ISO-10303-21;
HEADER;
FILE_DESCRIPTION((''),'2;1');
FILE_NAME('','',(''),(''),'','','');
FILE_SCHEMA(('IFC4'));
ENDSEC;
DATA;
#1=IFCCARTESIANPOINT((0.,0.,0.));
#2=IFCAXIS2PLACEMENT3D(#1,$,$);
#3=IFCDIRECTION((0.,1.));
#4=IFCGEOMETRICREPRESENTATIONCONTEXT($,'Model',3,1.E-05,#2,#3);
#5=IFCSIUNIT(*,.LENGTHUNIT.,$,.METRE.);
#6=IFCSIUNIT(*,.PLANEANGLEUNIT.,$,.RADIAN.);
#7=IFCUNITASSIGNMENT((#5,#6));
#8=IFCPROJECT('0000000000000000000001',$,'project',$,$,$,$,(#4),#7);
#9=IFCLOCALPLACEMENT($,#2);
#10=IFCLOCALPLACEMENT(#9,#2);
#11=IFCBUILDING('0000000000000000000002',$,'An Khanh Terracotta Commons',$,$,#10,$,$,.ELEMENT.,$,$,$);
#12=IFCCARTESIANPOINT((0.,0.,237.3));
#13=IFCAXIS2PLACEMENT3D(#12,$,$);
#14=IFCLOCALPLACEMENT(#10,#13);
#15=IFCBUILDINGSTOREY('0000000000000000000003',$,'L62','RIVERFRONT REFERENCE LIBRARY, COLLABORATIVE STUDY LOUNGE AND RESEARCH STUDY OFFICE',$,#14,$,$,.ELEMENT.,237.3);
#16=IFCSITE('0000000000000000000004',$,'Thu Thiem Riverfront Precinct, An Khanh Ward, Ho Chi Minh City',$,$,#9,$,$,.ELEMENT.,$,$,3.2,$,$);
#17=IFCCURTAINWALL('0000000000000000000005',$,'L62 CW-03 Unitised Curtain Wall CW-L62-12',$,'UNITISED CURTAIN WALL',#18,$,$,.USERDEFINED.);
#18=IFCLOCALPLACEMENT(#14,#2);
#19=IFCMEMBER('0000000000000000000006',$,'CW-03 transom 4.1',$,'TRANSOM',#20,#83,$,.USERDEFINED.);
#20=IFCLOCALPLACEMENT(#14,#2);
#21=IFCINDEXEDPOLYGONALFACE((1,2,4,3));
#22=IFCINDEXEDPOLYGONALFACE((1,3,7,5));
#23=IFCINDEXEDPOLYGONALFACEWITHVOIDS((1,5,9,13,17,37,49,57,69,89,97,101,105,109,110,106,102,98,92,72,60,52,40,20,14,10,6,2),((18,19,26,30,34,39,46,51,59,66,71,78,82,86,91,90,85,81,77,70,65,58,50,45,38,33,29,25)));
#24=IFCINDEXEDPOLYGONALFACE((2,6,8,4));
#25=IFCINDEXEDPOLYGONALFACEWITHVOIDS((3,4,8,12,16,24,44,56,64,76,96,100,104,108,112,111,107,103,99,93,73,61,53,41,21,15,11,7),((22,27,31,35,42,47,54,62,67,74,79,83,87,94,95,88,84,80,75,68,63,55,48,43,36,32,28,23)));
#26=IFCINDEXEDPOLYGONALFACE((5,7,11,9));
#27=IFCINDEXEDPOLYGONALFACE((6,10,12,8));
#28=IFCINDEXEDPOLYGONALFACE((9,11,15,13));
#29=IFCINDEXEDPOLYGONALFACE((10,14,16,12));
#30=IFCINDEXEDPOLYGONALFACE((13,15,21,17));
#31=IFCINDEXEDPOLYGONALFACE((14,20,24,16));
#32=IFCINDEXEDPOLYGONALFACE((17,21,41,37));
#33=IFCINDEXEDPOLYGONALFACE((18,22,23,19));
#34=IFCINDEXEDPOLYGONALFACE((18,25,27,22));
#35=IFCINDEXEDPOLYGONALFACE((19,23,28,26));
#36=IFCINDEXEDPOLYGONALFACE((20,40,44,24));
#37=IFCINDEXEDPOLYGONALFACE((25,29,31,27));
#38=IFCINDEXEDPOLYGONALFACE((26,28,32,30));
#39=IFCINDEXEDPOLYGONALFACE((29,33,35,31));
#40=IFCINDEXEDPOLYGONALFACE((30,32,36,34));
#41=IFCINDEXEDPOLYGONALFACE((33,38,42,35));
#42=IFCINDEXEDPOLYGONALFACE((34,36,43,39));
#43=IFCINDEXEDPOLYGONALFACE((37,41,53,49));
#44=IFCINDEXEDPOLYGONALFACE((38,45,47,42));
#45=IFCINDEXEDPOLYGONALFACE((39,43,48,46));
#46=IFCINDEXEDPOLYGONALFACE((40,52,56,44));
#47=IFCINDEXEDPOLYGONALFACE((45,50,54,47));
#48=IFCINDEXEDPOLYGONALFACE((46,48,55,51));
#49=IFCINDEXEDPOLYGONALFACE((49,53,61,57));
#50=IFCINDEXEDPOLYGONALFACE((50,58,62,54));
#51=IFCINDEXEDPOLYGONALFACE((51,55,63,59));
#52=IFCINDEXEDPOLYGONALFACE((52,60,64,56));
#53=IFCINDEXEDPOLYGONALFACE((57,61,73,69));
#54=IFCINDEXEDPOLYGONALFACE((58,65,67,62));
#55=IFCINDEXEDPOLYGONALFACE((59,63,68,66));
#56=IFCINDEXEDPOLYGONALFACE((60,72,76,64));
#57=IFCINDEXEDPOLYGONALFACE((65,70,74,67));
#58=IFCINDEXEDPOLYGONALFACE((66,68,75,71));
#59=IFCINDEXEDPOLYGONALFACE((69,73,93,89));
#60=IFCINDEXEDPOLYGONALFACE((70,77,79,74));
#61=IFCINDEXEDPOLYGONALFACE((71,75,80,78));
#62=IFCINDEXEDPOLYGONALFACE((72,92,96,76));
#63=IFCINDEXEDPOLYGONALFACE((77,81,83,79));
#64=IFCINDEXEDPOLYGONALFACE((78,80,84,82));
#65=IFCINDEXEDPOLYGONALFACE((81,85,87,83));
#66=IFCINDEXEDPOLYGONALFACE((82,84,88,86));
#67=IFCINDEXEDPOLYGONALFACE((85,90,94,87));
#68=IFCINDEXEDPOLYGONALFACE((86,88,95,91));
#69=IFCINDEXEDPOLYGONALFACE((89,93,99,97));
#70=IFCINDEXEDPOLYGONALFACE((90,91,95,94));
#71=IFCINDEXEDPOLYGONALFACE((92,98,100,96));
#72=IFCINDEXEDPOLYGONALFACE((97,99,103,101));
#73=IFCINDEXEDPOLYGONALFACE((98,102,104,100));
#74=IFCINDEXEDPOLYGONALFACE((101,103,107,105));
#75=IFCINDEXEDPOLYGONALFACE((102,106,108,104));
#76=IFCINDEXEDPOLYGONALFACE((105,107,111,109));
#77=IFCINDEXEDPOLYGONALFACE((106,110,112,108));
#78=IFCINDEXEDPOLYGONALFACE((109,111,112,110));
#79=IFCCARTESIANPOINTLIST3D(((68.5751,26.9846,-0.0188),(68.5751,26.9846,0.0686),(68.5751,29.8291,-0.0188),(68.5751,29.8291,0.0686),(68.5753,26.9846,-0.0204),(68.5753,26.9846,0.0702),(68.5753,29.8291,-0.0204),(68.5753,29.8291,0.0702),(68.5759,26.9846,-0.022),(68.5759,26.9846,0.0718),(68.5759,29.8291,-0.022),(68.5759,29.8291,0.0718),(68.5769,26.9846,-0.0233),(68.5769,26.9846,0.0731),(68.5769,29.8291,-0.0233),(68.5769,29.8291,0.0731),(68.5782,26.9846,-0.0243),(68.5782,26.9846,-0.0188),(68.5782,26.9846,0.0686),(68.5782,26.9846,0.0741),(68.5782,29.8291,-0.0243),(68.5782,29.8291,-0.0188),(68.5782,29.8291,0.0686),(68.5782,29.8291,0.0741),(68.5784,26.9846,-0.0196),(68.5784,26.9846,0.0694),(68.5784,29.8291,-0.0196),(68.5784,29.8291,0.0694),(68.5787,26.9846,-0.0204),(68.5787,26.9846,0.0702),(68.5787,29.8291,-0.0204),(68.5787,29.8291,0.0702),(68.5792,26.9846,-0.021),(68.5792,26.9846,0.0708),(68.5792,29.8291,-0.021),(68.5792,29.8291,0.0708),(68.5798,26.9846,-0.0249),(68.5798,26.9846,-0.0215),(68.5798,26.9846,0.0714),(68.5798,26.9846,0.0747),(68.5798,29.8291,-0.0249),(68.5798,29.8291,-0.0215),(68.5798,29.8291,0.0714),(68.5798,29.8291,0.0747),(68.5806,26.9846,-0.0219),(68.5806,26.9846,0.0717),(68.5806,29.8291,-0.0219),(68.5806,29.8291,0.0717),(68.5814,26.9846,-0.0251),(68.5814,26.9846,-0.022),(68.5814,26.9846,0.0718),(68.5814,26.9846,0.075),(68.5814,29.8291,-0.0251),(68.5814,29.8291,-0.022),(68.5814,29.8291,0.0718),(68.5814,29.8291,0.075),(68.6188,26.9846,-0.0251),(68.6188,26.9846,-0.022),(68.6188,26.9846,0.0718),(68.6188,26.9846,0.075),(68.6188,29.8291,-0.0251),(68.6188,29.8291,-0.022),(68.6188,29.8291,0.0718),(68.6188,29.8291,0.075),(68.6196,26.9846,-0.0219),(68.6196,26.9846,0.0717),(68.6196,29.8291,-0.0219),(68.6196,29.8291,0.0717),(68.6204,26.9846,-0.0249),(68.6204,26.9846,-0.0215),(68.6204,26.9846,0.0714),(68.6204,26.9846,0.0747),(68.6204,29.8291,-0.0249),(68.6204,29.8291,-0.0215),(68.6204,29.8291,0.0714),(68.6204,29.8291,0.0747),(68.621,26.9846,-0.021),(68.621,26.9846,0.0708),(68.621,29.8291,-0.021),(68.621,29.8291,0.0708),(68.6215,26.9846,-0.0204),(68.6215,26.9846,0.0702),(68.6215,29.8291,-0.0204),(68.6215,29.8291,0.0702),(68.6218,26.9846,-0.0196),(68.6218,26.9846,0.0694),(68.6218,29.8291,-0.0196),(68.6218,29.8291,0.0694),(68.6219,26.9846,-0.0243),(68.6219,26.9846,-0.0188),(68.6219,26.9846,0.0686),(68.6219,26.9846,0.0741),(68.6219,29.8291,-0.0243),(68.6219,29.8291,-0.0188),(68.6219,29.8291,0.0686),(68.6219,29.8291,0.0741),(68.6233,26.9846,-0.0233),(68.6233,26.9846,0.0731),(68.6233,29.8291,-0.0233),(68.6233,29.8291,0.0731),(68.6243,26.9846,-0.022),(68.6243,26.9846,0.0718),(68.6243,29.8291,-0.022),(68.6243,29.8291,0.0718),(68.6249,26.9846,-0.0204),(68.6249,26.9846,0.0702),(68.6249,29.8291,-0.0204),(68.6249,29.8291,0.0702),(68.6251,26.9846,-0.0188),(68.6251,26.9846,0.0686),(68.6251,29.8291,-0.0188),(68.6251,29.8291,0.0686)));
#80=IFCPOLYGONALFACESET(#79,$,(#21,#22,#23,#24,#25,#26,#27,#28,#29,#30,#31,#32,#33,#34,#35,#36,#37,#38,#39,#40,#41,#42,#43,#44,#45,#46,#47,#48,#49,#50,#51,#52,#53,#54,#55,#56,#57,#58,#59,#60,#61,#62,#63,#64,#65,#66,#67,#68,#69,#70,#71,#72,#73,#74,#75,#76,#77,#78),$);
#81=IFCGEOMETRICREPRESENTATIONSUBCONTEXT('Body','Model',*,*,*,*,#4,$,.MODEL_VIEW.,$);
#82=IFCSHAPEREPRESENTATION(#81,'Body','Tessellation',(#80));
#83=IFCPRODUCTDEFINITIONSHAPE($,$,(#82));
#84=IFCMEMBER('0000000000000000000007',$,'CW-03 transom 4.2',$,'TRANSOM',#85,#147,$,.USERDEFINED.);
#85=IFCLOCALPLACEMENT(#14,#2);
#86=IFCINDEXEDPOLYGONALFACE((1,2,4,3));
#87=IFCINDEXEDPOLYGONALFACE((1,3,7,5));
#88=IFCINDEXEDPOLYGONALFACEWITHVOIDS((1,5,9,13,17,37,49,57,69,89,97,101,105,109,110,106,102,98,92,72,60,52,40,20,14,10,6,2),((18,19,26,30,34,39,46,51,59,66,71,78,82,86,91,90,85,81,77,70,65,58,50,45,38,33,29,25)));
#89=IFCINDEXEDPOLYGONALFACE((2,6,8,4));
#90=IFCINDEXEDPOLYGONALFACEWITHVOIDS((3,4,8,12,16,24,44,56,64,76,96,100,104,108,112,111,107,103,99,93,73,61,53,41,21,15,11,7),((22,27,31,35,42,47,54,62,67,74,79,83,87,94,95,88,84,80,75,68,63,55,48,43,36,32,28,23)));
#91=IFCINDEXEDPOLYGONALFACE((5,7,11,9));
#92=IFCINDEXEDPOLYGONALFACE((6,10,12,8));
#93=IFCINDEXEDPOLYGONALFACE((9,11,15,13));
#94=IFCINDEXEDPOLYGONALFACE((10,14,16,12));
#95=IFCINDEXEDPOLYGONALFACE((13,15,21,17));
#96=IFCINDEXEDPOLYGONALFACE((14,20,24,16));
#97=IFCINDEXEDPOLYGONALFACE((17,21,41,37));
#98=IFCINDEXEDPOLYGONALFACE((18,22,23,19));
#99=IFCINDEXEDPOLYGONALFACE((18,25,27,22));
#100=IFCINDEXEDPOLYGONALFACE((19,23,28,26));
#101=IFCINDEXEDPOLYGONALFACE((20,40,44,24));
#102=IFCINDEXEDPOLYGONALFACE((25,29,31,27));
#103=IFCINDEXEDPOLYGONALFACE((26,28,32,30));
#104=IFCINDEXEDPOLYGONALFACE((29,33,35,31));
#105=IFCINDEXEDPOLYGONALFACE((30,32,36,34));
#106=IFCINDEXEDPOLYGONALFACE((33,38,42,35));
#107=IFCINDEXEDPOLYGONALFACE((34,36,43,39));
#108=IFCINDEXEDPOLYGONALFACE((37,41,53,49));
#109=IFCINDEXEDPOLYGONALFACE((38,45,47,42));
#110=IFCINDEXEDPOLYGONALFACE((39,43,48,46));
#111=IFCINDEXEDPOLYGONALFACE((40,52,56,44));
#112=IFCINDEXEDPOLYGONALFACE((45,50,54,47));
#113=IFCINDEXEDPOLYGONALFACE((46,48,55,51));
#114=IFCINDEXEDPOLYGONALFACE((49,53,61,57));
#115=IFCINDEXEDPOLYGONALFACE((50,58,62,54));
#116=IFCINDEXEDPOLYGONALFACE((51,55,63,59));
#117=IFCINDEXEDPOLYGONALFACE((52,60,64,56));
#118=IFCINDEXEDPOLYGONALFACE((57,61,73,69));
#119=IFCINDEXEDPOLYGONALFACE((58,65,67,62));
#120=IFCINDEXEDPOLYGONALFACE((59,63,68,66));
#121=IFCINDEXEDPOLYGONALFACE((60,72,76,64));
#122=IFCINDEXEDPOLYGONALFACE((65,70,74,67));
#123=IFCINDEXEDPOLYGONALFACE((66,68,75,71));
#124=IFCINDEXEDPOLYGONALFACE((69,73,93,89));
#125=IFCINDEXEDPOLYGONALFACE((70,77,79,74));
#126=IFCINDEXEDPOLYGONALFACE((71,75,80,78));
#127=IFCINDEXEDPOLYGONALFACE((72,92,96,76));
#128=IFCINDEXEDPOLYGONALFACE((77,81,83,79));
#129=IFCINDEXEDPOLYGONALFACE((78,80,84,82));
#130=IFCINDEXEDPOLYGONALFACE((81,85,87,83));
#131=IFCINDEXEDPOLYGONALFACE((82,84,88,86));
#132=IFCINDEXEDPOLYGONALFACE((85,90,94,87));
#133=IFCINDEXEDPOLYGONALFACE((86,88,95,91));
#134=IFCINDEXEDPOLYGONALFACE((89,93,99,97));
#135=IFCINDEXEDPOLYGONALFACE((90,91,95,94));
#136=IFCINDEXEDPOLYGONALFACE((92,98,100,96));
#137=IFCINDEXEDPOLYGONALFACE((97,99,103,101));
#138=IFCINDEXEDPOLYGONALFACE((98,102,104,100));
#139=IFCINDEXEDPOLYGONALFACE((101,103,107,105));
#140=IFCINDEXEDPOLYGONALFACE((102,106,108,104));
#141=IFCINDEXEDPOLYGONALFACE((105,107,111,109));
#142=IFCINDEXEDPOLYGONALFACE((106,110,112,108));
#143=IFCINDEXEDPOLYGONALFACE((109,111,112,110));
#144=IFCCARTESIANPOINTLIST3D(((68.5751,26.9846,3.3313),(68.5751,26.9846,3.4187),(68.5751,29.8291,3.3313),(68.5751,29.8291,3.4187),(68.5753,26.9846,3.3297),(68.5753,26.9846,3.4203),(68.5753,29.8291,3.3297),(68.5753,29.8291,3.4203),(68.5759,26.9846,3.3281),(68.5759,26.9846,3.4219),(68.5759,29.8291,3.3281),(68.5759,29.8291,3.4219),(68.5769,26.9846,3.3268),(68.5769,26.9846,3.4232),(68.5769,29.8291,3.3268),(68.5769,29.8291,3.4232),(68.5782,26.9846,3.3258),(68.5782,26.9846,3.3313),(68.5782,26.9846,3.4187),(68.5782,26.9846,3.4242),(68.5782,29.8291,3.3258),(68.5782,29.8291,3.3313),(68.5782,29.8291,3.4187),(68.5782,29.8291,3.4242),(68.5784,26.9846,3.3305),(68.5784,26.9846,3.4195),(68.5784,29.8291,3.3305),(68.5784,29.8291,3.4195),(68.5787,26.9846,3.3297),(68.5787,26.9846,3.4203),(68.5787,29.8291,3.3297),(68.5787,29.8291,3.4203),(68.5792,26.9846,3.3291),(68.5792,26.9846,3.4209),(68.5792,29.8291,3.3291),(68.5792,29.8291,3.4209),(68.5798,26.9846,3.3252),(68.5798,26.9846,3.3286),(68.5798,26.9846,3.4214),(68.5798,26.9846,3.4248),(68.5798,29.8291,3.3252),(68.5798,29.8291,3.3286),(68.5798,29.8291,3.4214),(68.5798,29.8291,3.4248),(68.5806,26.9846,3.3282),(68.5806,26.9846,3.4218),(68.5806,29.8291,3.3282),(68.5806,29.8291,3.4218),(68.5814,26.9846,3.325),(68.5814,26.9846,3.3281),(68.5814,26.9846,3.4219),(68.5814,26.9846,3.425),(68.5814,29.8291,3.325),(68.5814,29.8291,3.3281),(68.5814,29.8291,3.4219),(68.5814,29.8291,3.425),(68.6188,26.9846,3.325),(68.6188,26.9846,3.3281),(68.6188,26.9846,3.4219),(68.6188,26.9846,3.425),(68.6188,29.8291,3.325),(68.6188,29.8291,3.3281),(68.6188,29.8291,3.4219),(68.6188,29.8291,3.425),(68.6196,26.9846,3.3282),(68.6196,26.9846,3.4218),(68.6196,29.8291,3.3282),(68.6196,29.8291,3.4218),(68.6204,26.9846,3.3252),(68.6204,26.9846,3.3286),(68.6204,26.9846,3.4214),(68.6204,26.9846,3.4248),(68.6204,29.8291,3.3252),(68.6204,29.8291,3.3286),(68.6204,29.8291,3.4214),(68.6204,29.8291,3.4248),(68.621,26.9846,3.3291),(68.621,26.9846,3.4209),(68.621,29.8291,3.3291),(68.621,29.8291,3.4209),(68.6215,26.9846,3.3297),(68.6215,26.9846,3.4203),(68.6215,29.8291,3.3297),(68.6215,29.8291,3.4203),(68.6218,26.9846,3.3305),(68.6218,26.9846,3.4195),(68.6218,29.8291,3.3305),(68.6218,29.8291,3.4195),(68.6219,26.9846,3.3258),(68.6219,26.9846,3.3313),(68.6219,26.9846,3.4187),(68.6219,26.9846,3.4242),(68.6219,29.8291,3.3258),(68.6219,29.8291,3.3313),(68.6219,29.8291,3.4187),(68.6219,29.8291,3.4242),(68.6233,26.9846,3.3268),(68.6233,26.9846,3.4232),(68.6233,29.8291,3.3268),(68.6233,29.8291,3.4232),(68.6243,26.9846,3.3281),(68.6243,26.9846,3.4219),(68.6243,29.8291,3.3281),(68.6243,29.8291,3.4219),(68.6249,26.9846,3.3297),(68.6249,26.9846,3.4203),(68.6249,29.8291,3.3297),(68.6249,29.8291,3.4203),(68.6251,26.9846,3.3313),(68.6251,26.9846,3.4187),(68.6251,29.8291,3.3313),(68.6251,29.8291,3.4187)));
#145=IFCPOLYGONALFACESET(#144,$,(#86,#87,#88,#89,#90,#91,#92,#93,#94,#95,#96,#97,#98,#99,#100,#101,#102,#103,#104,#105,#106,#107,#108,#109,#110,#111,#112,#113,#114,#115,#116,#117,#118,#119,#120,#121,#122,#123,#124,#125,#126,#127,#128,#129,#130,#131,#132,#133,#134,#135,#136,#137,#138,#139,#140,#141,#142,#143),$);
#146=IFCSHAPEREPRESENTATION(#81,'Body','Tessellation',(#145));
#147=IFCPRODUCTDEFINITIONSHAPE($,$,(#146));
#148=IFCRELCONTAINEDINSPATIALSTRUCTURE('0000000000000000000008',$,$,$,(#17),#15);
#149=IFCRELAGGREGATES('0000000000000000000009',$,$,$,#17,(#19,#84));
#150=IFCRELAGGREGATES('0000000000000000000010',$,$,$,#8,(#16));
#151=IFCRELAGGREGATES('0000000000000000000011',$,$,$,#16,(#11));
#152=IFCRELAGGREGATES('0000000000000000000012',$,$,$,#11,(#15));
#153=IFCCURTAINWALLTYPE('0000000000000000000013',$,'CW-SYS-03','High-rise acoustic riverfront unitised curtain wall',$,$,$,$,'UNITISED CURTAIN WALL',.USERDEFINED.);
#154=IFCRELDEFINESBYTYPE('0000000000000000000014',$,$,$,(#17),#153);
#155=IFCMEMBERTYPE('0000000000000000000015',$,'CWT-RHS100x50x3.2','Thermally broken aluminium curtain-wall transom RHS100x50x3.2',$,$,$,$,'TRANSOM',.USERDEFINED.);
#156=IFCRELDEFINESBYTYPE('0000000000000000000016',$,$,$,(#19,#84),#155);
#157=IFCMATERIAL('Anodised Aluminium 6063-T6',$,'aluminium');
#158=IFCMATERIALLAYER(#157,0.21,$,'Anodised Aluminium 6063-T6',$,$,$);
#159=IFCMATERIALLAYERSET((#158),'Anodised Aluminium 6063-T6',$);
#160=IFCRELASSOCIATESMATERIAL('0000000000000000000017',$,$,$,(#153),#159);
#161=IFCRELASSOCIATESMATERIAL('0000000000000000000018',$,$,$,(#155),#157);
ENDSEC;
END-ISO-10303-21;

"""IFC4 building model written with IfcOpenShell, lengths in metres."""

from ifc_helpers import new_model, si_unit, direction, frame, origin, origin_2d, place, context, subcontext, project, spatial, hollow_rectangle, extrude, material, layer, layer_set, material_profile, profile_set, type_object, element, aggregate, save


model = new_model("IFC4")

# Units and contexts
model_context = context("Model", 3, precision=1e-05, world=origin(), true_north=direction((0.0, 1.0)))
body_context = subcontext(model_context, "Body", "Model", "MODEL_VIEW")
ifc_project = project(units=[si_unit("LENGTHUNIT", "METRE"), si_unit("PLANEANGLEUNIT", "RADIAN")], contexts=[model_context])

# Site, building, storey
site_placement = place(None, origin())
site = spatial("IfcSite", under=ifc_project, at=site_placement, Name="Thu Thiem Riverfront Precinct, An Khanh Ward, Ho Chi Minh City", CompositionType="ELEMENT", RefElevation=3.2)
building_placement = place(site_placement, origin())
building = spatial("IfcBuilding", under=site, at=building_placement, Name="An Khanh Terracotta Commons", CompositionType="ELEMENT")
storey_placement = place(building_placement, frame((0.0, 0.0, 237.3)))
storey = spatial("IfcBuildingStorey", under=building, at=storey_placement, Name="L62", Description="RIVERFRONT REFERENCE LIBRARY, COLLABORATIVE STUDY LOUNGE AND RESEARCH STUDY OFFICE", CompositionType="ELEMENT", Elevation=237.3)

# Curtain wall
ifc_material_1 = material(Name="Anodised Aluminium 6063-T6", Category="aluminium")
ifc_layer_1 = layer(ifc_material_1, 0.21, Name="Anodised Aluminium 6063-T6")
ifc_layer_set_1 = layer_set([ifc_layer_1], Name="Anodised Aluminium 6063-T6")
curtain_wall_type = type_object("IfcCurtainWallType", Name="CW-SYS-03", Description="High-rise acoustic riverfront unitised curtain wall", ElementType="UNITISED CURTAIN WALL", PredefinedType="USERDEFINED", material=ifc_layer_set_1)
curtain_wall_1_placement = place(storey_placement, origin())
curtain_wall_1 = element("IfcCurtainWall", 1, at=curtain_wall_1_placement, inside=storey, type_object=curtain_wall_type, Name="L62 CW-03 Unitised Curtain Wall CW-L62-12", ObjectType="UNITISED CURTAIN WALL", PredefinedType="USERDEFINED")

# Members
ifc_material_profile_1 = material_profile(ifc_material_1, hollow_rectangle(XDim=0.05, YDim=0.1001, WallThickness=0.0032, InnerFilletRadius=0.0032, OuterFilletRadius=0.0063, at=origin_2d()), Name="RHS100x50x3.2")
ifc_profile_set_1 = profile_set([ifc_material_profile_1], Name="Anodised Aluminium 6063-T6")
member_type_1 = type_object("IfcMemberType", Name="CWT-RHS100x50x3.2", Description="Thermally broken aluminium curtain-wall transom RHS100x50x3.2", ElementType="TRANSOM", PredefinedType="USERDEFINED", material=ifc_profile_set_1)
member_1_placement = place(storey_placement, frame((68.6001, 26.9846, 0.0249), z_axis=(0.0, 1.0, 0.0), x_axis=(-1.0, 0.0, 0.0)))
member_1 = element("IfcMember", 2, at=member_1_placement, type_object=member_type_1, Name="CW-03 transom 4.1", ObjectType="TRANSOM", PredefinedType="USERDEFINED", context=body_context, shape_type="SweptSolid", body=[
    extrude(hollow_rectangle(XDim=0.05, YDim=0.1001, WallThickness=0.0032, InnerFilletRadius=0.0032, OuterFilletRadius=0.0063, at=origin_2d()), origin(), (0.0, 0.0, 1.0), 2.8445),
])
member_2_placement = place(storey_placement, frame((68.6001, 26.9846, 3.375), z_axis=(0.0, 1.0, 0.0), x_axis=(-1.0, 0.0, 0.0)))
member_2 = element("IfcMember", 3, at=member_2_placement, type_object=member_type_1, Name="CW-03 transom 4.2", ObjectType="TRANSOM", PredefinedType="USERDEFINED", context=body_context, shape_type="SweptSolid", body=[
    extrude(hollow_rectangle(XDim=0.05, YDim=0.1001, WallThickness=0.0032, InnerFilletRadius=0.0032, OuterFilletRadius=0.0063, at=origin_2d()), origin(), (0.0, 0.0, 1.0), 2.8445),
])

aggregate(curtain_wall_1, [member_1, member_2])

save(model, "model.ifc")
